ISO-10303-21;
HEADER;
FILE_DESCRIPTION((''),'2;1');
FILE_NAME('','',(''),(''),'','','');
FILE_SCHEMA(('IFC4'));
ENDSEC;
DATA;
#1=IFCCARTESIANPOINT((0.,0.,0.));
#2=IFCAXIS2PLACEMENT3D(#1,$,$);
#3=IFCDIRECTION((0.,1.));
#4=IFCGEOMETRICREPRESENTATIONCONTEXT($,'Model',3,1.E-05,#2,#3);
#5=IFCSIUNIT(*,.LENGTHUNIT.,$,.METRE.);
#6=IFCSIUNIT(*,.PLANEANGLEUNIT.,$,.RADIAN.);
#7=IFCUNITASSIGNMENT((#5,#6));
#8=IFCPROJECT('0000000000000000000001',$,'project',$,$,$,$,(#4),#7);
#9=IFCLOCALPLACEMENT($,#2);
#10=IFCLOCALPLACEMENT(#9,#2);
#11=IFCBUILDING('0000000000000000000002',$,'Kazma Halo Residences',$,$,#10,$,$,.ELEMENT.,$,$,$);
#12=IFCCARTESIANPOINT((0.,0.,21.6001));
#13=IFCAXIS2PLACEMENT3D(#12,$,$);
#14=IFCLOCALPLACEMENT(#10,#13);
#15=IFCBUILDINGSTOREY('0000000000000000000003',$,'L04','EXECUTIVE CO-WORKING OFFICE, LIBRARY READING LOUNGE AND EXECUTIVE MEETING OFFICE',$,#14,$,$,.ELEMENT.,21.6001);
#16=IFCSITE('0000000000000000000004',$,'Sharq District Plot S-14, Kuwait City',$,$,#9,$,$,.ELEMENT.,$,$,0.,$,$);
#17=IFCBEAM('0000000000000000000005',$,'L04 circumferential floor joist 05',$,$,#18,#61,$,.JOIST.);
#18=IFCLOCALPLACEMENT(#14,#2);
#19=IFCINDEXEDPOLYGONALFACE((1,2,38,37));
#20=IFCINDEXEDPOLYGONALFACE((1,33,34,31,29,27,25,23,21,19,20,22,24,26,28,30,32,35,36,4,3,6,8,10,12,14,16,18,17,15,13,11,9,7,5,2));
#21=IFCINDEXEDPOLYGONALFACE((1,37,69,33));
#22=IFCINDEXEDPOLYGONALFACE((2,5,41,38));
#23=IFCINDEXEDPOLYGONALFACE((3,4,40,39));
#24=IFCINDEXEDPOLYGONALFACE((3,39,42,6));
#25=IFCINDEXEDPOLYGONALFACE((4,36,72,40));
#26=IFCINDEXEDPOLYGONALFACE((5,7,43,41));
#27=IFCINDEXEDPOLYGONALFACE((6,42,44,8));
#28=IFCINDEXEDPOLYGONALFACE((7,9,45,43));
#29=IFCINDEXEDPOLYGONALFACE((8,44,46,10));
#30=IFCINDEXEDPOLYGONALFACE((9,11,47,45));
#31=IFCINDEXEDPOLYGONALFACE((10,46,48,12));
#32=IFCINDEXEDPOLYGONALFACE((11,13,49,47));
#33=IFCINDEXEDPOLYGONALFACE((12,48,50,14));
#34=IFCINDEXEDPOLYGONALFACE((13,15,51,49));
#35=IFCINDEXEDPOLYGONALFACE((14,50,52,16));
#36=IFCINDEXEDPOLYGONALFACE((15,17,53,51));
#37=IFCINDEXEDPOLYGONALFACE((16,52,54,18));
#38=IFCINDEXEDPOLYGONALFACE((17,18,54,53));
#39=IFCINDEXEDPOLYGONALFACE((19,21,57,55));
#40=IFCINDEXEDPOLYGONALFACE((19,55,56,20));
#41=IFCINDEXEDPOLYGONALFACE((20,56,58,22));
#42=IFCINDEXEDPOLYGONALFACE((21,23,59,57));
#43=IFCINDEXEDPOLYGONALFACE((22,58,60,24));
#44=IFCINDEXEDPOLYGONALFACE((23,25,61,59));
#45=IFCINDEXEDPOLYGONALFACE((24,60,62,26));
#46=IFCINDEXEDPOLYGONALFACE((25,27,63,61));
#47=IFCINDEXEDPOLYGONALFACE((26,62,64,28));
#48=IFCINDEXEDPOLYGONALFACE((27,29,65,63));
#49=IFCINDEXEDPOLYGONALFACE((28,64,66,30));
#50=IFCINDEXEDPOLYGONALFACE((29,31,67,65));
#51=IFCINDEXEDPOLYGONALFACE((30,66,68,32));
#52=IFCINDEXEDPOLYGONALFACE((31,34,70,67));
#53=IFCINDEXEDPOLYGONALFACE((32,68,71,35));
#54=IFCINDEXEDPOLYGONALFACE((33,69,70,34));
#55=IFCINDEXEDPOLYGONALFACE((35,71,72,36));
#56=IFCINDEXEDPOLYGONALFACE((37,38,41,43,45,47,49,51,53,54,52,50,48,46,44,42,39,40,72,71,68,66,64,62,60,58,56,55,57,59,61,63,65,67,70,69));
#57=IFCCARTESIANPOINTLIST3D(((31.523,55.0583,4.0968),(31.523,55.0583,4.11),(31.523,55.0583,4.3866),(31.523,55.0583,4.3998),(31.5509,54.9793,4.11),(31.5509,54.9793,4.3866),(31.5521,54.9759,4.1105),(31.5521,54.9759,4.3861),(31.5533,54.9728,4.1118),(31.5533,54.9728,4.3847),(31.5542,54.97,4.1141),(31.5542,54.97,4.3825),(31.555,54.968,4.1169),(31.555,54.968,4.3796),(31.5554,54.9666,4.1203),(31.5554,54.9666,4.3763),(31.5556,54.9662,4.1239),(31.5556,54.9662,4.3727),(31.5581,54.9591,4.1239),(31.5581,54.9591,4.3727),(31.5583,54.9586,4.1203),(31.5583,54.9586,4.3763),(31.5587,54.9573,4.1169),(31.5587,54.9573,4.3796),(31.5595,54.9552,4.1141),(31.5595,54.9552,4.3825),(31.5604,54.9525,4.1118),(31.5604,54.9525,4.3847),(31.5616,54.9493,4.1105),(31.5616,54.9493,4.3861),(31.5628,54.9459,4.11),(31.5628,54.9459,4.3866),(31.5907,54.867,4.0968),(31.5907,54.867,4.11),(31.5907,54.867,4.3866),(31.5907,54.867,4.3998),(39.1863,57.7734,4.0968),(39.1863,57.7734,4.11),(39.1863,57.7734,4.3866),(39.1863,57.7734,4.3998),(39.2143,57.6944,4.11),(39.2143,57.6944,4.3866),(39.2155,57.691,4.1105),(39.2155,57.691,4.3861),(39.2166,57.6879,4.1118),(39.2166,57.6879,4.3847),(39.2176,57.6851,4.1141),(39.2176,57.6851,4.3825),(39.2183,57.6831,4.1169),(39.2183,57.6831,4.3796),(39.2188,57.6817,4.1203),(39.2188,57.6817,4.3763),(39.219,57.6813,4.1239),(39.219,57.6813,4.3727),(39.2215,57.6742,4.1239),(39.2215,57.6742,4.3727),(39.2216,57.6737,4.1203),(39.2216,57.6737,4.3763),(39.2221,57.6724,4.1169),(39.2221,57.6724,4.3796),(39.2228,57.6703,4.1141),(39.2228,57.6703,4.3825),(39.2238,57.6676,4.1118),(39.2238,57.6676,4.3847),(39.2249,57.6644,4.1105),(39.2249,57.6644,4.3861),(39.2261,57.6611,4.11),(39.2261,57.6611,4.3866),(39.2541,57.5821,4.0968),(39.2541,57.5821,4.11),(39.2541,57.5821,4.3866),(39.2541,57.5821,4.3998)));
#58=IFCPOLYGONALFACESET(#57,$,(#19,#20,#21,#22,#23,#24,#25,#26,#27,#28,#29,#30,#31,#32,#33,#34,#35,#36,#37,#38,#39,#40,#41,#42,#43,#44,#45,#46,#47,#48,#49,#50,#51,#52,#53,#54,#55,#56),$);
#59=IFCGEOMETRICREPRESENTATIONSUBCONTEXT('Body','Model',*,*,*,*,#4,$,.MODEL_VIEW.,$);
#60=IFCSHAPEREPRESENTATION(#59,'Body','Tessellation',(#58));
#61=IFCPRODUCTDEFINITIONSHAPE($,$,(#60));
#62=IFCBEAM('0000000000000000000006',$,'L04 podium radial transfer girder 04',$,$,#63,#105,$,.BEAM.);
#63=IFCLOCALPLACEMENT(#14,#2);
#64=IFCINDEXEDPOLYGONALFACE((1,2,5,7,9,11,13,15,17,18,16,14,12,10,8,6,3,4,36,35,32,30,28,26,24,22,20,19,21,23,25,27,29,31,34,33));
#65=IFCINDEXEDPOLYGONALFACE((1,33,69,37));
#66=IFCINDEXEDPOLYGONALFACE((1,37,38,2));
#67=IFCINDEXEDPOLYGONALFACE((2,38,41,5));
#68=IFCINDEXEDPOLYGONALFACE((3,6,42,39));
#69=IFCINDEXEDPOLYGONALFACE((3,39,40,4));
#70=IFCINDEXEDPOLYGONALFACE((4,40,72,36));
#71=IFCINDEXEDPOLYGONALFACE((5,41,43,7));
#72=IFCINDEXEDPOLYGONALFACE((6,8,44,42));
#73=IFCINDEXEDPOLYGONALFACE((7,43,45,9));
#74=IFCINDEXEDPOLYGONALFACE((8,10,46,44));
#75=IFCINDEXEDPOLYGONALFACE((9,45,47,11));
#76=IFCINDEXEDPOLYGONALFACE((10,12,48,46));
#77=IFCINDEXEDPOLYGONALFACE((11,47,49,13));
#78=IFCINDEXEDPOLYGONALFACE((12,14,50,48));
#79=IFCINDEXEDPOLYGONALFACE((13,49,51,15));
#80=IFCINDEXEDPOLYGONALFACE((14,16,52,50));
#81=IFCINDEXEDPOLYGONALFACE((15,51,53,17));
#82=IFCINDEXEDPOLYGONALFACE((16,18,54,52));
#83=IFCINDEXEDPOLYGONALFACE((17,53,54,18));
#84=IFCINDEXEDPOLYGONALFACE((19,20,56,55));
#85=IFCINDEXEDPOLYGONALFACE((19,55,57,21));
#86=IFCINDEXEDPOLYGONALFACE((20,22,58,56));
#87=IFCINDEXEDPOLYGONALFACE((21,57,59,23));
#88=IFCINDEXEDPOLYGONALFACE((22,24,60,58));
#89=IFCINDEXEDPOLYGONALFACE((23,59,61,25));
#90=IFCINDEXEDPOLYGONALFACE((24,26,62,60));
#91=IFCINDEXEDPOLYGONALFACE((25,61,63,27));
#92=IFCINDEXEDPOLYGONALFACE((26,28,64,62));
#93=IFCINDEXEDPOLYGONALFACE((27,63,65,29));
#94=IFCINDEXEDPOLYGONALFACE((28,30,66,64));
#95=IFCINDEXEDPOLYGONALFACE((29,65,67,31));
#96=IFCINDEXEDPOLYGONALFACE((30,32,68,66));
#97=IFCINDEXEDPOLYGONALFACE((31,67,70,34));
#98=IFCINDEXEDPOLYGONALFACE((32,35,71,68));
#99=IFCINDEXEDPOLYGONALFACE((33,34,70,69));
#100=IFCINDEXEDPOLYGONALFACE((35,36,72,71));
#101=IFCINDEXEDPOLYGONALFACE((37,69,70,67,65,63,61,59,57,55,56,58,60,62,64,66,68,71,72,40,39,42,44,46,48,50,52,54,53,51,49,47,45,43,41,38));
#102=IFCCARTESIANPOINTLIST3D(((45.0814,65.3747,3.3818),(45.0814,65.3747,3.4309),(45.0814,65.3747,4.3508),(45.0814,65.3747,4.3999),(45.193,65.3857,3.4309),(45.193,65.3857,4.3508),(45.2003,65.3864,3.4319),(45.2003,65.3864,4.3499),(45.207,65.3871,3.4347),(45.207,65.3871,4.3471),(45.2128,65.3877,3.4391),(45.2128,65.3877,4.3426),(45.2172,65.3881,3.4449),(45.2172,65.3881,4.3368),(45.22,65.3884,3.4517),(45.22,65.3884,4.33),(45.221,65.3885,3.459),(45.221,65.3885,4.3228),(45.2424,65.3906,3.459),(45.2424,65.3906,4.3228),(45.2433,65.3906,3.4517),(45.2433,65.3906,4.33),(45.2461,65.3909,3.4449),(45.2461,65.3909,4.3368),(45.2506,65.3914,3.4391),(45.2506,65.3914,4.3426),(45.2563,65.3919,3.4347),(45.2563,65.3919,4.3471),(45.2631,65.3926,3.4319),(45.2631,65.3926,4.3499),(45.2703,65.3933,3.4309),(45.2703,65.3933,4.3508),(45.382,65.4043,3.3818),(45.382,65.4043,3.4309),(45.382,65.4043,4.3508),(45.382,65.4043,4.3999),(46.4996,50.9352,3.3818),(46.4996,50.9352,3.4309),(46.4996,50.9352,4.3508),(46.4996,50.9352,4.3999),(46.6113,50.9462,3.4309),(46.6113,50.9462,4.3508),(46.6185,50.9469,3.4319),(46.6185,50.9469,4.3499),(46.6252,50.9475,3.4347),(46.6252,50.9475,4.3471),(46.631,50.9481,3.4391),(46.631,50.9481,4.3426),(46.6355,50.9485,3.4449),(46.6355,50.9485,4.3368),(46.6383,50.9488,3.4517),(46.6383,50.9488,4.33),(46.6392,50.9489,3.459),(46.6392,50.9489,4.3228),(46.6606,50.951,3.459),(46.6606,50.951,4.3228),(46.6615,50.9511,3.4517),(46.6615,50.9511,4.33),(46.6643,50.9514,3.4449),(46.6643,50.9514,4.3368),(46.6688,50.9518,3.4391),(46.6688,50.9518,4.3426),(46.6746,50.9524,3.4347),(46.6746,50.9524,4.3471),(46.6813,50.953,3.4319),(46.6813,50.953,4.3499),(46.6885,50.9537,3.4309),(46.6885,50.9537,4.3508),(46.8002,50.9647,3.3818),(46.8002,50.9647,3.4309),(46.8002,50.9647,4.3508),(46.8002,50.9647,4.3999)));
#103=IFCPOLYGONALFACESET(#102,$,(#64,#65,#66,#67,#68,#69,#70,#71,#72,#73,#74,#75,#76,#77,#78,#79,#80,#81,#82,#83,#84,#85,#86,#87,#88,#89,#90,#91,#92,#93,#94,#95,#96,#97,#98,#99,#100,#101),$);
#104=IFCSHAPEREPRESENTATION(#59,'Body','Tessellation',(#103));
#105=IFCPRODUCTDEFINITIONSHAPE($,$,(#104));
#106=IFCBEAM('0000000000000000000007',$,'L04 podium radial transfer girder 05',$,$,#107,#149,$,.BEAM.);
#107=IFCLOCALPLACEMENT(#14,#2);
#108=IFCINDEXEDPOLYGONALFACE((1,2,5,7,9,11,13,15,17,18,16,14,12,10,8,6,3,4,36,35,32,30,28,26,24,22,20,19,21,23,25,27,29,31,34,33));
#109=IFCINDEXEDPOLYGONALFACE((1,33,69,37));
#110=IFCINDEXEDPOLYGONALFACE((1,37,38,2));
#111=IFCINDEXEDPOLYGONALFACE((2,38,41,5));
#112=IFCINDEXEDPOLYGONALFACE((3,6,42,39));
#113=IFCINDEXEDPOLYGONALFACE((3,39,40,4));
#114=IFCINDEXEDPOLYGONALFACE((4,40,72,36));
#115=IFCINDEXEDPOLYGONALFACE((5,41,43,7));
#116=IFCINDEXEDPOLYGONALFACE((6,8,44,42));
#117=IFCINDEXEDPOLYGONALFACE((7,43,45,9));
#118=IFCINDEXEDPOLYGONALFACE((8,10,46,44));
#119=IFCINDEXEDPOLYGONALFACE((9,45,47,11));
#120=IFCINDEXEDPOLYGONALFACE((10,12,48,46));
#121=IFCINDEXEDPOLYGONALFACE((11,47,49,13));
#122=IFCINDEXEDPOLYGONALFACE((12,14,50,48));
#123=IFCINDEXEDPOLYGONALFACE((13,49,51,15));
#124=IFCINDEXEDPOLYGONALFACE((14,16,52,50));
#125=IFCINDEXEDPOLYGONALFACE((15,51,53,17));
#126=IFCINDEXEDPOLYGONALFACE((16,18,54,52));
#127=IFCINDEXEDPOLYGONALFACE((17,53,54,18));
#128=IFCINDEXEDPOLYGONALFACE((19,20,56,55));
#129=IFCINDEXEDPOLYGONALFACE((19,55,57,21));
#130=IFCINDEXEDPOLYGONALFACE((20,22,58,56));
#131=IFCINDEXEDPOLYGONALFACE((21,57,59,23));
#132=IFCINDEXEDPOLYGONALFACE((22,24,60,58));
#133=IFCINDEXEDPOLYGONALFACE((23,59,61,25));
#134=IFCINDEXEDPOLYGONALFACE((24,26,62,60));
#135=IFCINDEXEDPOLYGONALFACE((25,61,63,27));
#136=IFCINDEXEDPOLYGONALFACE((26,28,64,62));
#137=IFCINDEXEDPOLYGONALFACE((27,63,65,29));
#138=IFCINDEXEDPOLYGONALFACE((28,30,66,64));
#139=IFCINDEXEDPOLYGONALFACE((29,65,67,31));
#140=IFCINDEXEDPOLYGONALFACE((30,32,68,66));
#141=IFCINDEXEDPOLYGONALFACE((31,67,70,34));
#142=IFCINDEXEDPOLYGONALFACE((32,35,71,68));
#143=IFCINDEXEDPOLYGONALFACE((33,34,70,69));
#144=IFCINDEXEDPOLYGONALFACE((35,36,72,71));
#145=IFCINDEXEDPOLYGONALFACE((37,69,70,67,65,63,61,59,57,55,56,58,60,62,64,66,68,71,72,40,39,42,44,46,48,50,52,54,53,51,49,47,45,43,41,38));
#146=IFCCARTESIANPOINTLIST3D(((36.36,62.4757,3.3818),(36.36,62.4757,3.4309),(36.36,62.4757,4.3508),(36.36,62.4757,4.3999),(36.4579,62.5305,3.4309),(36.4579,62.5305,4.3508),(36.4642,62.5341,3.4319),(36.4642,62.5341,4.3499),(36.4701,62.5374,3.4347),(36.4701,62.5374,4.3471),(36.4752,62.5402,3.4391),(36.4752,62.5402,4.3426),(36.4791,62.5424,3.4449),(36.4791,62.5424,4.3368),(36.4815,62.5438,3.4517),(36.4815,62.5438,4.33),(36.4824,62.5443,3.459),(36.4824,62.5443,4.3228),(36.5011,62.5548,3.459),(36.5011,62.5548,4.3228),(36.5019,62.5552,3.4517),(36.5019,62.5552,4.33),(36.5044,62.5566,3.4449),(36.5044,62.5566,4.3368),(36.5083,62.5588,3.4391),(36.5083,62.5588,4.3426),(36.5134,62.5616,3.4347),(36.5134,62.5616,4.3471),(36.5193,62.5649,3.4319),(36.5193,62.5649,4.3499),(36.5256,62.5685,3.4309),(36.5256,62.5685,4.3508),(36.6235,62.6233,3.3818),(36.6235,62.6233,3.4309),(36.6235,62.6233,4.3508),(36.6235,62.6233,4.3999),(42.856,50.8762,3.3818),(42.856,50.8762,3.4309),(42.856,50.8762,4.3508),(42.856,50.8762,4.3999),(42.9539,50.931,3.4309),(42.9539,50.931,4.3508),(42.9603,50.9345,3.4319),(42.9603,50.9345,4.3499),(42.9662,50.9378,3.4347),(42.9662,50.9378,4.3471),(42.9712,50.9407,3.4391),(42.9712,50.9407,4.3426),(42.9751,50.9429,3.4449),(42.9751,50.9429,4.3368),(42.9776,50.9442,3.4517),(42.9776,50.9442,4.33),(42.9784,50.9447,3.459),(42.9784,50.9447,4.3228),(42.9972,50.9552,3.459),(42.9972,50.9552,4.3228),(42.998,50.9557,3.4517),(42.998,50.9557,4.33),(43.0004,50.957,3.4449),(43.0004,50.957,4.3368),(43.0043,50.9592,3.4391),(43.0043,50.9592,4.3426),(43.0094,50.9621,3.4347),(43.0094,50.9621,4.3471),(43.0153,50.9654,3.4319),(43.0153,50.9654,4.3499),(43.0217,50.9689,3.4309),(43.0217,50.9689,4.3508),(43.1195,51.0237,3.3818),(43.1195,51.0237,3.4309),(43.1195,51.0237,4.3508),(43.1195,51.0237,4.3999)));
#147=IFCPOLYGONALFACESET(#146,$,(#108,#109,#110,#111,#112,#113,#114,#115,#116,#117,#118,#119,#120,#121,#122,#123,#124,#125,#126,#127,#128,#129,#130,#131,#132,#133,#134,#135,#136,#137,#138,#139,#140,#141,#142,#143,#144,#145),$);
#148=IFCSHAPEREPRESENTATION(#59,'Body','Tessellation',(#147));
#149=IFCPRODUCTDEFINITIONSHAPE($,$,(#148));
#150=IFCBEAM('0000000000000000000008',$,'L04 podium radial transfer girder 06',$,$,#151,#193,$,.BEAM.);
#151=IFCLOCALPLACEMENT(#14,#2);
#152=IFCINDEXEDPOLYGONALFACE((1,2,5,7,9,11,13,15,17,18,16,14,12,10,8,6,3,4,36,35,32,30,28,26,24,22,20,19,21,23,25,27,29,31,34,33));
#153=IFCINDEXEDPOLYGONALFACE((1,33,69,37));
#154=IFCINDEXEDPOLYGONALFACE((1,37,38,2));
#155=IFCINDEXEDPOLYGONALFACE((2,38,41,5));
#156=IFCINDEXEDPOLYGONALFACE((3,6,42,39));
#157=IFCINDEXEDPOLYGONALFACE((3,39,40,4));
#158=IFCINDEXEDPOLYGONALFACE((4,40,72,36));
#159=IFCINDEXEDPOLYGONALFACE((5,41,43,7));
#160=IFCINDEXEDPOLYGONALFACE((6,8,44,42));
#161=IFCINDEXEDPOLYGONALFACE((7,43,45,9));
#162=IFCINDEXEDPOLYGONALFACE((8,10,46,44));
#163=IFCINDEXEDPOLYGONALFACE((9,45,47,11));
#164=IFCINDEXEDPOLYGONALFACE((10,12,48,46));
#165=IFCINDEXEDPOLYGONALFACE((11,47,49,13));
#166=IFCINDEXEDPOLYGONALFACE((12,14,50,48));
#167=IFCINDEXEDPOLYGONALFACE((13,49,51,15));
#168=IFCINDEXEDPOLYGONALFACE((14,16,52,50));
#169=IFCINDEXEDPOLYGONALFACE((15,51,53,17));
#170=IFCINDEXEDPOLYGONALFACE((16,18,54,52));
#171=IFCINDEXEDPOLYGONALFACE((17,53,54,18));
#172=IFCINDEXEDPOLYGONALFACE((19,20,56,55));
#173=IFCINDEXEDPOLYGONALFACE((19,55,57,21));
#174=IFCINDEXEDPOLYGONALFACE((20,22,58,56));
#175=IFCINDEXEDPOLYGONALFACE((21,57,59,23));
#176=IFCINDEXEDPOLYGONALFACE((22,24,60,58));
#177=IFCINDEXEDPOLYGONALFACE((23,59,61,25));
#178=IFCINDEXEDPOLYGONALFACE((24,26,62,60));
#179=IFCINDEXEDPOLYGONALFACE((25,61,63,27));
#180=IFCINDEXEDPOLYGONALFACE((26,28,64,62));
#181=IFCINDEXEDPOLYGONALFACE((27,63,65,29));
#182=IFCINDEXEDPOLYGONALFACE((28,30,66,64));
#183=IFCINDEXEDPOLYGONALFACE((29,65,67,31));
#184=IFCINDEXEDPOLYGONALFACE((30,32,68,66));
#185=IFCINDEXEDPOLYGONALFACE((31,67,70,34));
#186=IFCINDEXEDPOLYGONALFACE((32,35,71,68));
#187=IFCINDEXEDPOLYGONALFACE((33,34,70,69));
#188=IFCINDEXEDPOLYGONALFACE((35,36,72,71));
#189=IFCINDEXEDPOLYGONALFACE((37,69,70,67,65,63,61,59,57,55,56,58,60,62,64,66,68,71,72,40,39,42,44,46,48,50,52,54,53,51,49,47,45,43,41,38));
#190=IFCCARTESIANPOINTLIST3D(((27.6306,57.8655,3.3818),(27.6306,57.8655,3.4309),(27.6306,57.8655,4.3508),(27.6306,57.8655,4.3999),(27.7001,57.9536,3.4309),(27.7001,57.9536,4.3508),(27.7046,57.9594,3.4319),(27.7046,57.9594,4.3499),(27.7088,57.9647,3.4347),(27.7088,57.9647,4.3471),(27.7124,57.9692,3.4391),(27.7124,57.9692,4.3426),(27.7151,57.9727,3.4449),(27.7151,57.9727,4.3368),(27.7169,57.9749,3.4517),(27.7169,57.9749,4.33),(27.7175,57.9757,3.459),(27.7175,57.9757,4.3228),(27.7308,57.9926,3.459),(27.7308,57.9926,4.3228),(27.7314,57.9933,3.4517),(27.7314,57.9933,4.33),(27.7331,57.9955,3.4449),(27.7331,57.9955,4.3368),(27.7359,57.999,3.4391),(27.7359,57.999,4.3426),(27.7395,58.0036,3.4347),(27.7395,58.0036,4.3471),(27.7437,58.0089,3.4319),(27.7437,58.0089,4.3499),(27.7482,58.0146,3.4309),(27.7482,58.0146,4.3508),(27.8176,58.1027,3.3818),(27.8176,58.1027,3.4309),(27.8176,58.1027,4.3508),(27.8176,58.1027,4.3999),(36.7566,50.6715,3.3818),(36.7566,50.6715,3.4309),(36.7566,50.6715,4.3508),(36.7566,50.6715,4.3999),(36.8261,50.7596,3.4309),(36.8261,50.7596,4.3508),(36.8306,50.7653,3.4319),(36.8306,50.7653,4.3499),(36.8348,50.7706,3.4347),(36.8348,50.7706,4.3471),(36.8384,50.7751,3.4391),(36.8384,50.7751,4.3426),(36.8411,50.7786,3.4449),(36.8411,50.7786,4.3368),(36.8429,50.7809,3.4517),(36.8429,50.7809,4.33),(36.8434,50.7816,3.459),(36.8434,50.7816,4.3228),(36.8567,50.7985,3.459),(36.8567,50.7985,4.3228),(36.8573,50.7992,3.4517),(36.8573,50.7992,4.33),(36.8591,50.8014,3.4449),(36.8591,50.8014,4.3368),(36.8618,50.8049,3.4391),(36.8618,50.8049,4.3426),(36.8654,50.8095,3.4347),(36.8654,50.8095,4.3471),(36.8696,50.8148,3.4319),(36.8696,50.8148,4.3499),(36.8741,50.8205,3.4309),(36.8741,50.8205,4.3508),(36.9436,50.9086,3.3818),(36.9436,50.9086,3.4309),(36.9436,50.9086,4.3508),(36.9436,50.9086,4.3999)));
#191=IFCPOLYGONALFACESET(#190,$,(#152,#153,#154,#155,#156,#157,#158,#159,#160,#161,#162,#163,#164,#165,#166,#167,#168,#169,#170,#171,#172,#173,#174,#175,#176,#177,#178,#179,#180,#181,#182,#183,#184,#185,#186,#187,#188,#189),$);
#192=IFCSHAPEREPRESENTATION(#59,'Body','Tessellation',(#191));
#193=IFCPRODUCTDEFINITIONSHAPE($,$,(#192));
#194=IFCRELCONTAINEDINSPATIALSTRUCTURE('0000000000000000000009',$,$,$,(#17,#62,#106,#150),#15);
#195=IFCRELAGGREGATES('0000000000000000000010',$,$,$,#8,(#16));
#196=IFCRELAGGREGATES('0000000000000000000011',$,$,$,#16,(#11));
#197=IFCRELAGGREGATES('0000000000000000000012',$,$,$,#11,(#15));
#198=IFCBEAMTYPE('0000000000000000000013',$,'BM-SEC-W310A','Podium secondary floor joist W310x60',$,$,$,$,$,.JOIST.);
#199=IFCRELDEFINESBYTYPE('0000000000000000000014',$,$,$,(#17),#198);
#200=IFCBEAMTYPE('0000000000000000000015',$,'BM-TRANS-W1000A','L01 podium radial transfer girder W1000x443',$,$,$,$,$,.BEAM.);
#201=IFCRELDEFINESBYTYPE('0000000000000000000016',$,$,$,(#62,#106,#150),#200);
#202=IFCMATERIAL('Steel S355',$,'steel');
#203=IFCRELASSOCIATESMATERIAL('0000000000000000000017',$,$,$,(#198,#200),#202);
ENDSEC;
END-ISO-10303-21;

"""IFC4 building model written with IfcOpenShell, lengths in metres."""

from ifc_helpers import new_model, si_unit, direction, frame, origin, origin_2d, place, context, subcontext, project, spatial, i_section, extrude, material, material_profile, profile_set, type_object, element, save


model = new_model("IFC4")

# Units and contexts
model_context = context("Model", 3, precision=1e-05, world=origin(), true_north=direction((0.0, 1.0)))
body_context = subcontext(model_context, "Body", "Model", "MODEL_VIEW")
ifc_project = project(units=[si_unit("LENGTHUNIT", "METRE"), si_unit("PLANEANGLEUNIT", "RADIAN")], contexts=[model_context])

# Site, building, storey
site_placement = place(None, origin())
site = spatial("IfcSite", under=ifc_project, at=site_placement, Name="Sharq District Plot S-14, Kuwait City", CompositionType="ELEMENT", RefElevation=0.0)
building_placement = place(site_placement, origin())
building = spatial("IfcBuilding", under=site, at=building_placement, Name="Kazma Halo Residences", CompositionType="ELEMENT")
storey_placement = place(building_placement, frame((0.0, 0.0, 21.6001)))
storey = spatial("IfcBuildingStorey", under=building, at=storey_placement, Name="L04", Description="EXECUTIVE CO-WORKING OFFICE, LIBRARY READING LOUNGE AND EXECUTIVE MEETING OFFICE", CompositionType="ELEMENT", Elevation=21.6001)

# Beams
ifc_material_1 = material(Name="Steel S355", Category="steel")
ifc_material_profile_1 = material_profile(ifc_material_1, i_section(OverallWidth=0.2029, OverallDepth=0.303, WebThickness=0.0076, FlangeThickness=0.0132, FilletRadius=0.0139, at=origin_2d()), Name="W310x60")
ifc_profile_set_1 = profile_set([ifc_material_profile_1], Name="Steel S355")
beam_type_1 = type_object("IfcBeamType", Name="BM-SEC-W310A", Description="Podium secondary floor joist W310x60", PredefinedType="JOIST", material=ifc_profile_set_1)
beam_1_placement = place(storey_placement, frame((39.2202, 57.6777, 4.2483), z_axis=(-0.942589, -0.333956, 0.0), x_axis=(0.333956, -0.942589, 0.0)))
element("IfcBeam", 1, at=beam_1_placement, inside=storey, type_object=beam_type_1, Name="L04 circumferential floor joist 05", PredefinedType="JOIST", context=body_context, shape_type="SweptSolid", body=[
    extrude(i_section(OverallWidth=0.2029, OverallDepth=0.303, WebThickness=0.0076, FlangeThickness=0.0132, FilletRadius=0.0139, at=origin_2d()), origin(), (0.0, 0.0, 1.0), 8.1301),
])
ifc_material_profile_2 = material_profile(ifc_material_1, i_section(OverallWidth=0.302, OverallDepth=1.0181, WebThickness=0.0215, FlangeThickness=0.0491, FilletRadius=0.0281, at=origin_2d()), Name="W1000x443")
ifc_profile_set_2 = profile_set([ifc_material_profile_2], Name="Steel S355")
beam_type_2 = type_object("IfcBeamType", Name="BM-TRANS-W1000A", Description="L01 podium radial transfer girder W1000x443", PredefinedType="BEAM", material=ifc_profile_set_2)
beam_2_placement = place(storey_placement, frame((46.6499, 50.95, 3.8909), z_axis=(-0.097748, 0.995211, 0.0), x_axis=(-0.995211, -0.097748, 0.0)))
element("IfcBeam", 2, at=beam_2_placement, inside=storey, type_object=beam_type_2, Name="L04 podium radial transfer girder 04", PredefinedType="BEAM", context=body_context, shape_type="SweptSolid", body=[
    extrude(i_section(OverallWidth=0.302, OverallDepth=1.0181, WebThickness=0.0215, FlangeThickness=0.0491, FilletRadius=0.0281, at=origin_2d()), origin(), (0.0, 0.0, 1.0), 14.509),
])
beam_3_placement = place(storey_placement, frame((42.9878, 50.95, 3.8909), z_axis=(-0.488621, 0.872496, 0.0), x_axis=(-0.872496, -0.488621, 0.0)))
element("IfcBeam", 3, at=beam_3_placement, inside=storey, type_object=beam_type_2, Name="L04 podium radial transfer girder 05", PredefinedType="BEAM", context=body_context, shape_type="SweptSolid", body=[
    extrude(i_section(OverallWidth=0.302, OverallDepth=1.0181, WebThickness=0.0215, FlangeThickness=0.0491, FilletRadius=0.0281, at=origin_2d()), origin(), (0.0, 0.0, 1.0), 13.2947),
])
beam_4_placement = place(storey_placement, frame((36.8501, 50.79, 3.8909), z_axis=(-0.785327, 0.619081, 0.0), x_axis=(-0.619081, -0.785327, 0.0)))
element("IfcBeam", 4, at=beam_4_placement, inside=storey, type_object=beam_type_2, Name="L04 podium radial transfer girder 06", PredefinedType="BEAM", context=body_context, shape_type="SweptSolid", body=[
    extrude(i_section(OverallWidth=0.302, OverallDepth=1.0181, WebThickness=0.0215, FlangeThickness=0.0491, FilletRadius=0.0281, at=origin_2d()), origin(), (0.0, 0.0, 1.0), 11.6206),
])

save(model, "model.ifc")
